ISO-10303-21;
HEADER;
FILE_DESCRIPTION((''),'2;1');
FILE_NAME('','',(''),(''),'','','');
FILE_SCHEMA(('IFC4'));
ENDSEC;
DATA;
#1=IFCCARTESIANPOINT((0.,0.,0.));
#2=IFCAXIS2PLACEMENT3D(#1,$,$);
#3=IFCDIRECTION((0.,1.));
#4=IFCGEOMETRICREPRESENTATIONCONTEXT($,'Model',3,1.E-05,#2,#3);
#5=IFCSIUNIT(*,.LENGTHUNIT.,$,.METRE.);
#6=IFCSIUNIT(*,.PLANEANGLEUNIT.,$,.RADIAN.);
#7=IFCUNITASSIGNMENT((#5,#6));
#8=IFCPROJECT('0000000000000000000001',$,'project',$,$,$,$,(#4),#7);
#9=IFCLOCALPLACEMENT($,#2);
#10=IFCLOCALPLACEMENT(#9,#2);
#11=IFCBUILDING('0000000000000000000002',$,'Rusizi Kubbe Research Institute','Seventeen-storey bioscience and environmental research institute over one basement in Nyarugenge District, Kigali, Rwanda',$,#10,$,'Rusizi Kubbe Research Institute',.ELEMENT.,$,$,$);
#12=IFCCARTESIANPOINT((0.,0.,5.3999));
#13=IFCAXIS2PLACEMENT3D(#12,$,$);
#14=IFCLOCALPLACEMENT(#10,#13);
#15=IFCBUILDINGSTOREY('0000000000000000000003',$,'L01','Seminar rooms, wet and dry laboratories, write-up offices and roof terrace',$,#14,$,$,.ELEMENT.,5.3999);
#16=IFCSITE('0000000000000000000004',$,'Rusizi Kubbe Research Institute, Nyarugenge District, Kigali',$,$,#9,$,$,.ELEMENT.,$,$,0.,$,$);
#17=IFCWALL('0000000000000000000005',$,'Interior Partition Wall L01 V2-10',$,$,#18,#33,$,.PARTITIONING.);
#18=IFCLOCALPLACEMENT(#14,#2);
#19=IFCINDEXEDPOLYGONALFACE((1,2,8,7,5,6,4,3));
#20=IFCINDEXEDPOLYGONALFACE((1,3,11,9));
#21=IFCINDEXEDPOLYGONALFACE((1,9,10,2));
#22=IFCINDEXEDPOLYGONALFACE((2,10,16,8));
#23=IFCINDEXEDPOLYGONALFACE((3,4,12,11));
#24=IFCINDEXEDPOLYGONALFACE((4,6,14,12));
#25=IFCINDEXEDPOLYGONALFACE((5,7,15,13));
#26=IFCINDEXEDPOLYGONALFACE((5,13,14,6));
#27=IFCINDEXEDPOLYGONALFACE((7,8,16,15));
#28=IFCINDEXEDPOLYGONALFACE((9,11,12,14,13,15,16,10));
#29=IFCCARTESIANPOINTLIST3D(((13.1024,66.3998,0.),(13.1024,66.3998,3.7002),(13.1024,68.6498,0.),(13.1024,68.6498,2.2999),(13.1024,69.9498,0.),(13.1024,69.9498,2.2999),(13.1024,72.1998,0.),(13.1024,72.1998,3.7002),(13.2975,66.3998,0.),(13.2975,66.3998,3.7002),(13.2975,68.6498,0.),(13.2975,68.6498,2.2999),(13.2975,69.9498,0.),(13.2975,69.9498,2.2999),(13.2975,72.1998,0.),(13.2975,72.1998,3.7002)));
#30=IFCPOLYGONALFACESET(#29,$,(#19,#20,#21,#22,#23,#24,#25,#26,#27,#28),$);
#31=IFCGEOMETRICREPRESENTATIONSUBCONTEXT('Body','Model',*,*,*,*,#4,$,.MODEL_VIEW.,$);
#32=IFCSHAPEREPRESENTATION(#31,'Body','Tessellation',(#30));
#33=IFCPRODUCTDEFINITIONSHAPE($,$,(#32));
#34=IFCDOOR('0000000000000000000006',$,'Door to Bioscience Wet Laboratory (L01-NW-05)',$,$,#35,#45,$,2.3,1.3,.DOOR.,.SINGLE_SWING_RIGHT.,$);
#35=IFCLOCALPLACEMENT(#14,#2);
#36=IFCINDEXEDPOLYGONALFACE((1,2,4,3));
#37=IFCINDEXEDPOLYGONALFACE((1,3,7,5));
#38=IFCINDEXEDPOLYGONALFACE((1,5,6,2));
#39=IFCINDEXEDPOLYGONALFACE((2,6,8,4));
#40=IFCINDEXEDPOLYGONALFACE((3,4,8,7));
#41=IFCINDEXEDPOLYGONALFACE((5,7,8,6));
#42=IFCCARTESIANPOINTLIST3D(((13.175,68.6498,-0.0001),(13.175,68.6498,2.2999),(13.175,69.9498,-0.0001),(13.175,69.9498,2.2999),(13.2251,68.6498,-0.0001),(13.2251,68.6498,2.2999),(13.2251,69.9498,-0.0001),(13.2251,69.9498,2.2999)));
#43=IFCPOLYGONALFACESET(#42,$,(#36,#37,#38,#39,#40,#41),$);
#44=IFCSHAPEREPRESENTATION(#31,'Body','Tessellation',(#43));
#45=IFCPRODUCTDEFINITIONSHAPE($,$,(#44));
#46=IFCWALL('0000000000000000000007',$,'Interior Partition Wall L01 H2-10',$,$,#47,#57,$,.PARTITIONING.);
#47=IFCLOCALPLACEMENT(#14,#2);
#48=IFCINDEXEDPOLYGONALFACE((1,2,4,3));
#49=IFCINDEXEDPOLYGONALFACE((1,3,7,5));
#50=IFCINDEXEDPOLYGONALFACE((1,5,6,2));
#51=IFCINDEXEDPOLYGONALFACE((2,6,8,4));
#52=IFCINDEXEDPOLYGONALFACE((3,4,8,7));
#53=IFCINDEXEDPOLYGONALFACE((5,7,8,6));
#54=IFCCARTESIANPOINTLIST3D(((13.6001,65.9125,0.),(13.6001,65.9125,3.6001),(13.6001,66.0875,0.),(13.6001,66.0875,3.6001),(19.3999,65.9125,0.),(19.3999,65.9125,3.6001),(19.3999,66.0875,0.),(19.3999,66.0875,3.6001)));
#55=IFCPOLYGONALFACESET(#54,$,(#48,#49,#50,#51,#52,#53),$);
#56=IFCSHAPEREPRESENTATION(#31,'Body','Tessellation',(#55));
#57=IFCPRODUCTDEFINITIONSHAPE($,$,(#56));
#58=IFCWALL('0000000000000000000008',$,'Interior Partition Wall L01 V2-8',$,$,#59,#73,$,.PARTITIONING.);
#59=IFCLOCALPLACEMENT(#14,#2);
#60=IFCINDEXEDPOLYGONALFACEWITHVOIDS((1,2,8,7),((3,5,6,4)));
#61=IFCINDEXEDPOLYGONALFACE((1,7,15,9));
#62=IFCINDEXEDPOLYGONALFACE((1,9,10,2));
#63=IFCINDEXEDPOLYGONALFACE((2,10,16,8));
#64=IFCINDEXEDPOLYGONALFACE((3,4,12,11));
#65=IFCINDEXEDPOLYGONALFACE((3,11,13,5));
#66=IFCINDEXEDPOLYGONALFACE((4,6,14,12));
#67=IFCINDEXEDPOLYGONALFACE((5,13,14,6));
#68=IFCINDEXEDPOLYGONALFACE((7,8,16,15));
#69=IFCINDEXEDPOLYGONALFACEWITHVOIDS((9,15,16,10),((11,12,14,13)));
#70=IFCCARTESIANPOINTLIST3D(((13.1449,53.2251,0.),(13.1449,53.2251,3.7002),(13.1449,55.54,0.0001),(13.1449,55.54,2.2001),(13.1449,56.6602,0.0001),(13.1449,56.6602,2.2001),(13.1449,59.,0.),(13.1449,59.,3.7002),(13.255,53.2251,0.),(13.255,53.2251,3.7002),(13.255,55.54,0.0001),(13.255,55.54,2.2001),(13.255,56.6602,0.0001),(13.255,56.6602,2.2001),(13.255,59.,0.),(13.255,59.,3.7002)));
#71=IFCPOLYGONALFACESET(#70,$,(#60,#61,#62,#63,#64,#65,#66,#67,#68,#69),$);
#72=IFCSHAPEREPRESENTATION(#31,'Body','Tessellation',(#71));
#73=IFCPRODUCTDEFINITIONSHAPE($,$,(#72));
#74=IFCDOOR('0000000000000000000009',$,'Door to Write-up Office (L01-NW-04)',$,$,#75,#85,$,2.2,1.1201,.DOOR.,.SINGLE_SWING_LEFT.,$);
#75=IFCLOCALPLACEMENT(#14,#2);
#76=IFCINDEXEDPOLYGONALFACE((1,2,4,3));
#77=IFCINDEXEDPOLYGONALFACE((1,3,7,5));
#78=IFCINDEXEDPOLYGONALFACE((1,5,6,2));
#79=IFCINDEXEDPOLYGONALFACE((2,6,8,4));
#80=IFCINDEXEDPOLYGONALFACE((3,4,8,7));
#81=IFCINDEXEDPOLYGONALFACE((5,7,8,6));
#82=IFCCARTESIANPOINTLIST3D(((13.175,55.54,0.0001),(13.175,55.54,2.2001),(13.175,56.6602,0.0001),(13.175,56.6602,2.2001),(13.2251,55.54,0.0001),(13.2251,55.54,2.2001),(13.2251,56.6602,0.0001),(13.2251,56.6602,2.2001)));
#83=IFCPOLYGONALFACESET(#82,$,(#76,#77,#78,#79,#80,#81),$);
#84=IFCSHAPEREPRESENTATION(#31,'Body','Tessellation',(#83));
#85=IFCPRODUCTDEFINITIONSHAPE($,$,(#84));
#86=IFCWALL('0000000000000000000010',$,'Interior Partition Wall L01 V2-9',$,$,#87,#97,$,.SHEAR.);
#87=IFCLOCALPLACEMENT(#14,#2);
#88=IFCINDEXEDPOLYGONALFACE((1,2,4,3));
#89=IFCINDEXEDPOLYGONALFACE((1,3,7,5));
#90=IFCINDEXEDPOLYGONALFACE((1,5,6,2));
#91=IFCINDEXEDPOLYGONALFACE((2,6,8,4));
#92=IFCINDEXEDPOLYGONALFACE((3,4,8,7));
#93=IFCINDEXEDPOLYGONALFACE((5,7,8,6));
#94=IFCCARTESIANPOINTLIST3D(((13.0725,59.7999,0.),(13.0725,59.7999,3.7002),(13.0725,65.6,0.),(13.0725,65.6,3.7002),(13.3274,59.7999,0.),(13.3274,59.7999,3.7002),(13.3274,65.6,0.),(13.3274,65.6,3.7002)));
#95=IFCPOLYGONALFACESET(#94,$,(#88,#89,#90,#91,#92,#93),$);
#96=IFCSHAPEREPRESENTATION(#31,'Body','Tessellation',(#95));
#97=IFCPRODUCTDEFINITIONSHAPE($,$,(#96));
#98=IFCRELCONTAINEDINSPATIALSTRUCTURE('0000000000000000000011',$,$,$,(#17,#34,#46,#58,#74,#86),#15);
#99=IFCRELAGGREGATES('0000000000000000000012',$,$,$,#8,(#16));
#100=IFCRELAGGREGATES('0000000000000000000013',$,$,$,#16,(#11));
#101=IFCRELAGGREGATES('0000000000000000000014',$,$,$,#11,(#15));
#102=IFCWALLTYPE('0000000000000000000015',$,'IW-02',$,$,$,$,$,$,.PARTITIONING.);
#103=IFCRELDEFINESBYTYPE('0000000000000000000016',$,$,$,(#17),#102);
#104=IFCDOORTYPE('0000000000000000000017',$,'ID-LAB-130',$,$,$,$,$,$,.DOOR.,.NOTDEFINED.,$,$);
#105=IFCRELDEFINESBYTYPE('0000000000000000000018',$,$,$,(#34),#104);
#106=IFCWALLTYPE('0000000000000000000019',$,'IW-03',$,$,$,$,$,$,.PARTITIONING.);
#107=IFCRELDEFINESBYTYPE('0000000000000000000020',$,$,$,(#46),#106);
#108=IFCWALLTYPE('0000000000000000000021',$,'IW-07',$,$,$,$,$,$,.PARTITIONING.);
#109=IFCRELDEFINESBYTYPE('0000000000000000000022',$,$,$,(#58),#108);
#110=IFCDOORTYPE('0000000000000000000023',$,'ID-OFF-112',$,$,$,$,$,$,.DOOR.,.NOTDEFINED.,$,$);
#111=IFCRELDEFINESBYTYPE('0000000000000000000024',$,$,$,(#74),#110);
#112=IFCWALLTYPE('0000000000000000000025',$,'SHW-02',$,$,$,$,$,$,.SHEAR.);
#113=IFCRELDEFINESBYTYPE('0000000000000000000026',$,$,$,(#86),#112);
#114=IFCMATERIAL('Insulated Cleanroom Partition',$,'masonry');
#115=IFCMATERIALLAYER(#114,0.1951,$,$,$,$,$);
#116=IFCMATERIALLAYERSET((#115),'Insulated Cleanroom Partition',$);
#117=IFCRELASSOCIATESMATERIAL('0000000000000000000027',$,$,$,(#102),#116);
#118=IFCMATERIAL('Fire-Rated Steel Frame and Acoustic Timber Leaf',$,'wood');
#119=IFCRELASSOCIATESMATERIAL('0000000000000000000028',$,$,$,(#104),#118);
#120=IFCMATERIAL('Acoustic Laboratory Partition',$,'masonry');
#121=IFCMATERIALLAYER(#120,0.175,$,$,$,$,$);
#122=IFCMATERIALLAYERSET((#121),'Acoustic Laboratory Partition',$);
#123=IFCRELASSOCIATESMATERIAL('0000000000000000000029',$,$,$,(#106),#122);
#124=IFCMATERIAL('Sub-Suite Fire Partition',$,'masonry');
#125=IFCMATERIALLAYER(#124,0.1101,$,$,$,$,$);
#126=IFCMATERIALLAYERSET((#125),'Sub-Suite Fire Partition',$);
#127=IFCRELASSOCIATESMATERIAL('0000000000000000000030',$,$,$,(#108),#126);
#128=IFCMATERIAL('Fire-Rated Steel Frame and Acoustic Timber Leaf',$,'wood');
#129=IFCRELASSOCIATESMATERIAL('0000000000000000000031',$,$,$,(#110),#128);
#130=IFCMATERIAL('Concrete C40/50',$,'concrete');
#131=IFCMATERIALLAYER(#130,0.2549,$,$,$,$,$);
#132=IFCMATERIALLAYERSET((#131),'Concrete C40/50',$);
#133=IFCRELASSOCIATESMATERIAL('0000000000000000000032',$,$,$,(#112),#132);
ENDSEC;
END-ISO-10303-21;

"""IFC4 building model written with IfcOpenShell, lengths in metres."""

from ifc_helpers import new_model, si_unit, direction, frame, frame_2d, origin, place, context, subcontext, project, spatial, rectangle, extrude, material, layer, layer_set, type_object, element, fill, save


model = new_model("IFC4")

# Units and contexts
model_context = context("Model", 3, precision=1e-05, world=origin(), true_north=direction((0.0, 1.0)))
body_context = subcontext(model_context, "Body", "Model", "MODEL_VIEW")
ifc_project = project(units=[si_unit("LENGTHUNIT", "METRE"), si_unit("PLANEANGLEUNIT", "RADIAN")], contexts=[model_context])

# Site, building, storey
site_placement = place(None, origin())
site = spatial("IfcSite", under=ifc_project, at=site_placement, Name="Rusizi Kubbe Research Institute, Nyarugenge District, Kigali", CompositionType="ELEMENT", RefElevation=0.0)
building_placement = place(site_placement, origin())
building = spatial("IfcBuilding", under=site, at=building_placement, Name="Rusizi Kubbe Research Institute", Description="Seventeen-storey bioscience and environmental research institute over one basement in Nyarugenge District, Kigali, Rwanda", LongName="Rusizi Kubbe Research Institute", CompositionType="ELEMENT")
storey_placement = place(building_placement, frame((0.0, 0.0, 5.3999)))
storey = spatial("IfcBuildingStorey", under=building, at=storey_placement, Name="L01", Description="Seminar rooms, wet and dry laboratories, write-up offices and roof terrace", CompositionType="ELEMENT", Elevation=5.3999)

# Wall, opening, door
ifc_material_1 = material(Name="Insulated Cleanroom Partition", Category="masonry")
ifc_layer_1 = layer(ifc_material_1, 0.1951)
ifc_layer_set_1 = layer_set([ifc_layer_1], Name="Insulated Cleanroom Partition")
wall_type_1 = type_object("IfcWallType", Name="IW-02", PredefinedType="PARTITIONING", material=ifc_layer_set_1)
wall_1_placement = place(storey_placement, frame((13.2, 66.3999, 0.0), z_axis=(0.0, 0.0, 1.0), x_axis=(0.0, 1.0, 0.0)))
wall_1 = element("IfcWall", 1, at=wall_1_placement, inside=storey, type_object=wall_type_1, Name="Interior Partition Wall L01 V2-10", PredefinedType="PARTITIONING", context=body_context, shape_type="SweptSolid", body=[
    extrude(rectangle(XDim=5.8, YDim=0.1951, at=frame_2d((2.8999, 0.0))), origin(), (0.0, 0.0, 1.0), 3.7002),
])
opening_1_placement = place(wall_1_placement, frame((2.25, 0.0, 0.0)))
opening_1 = element("IfcOpeningElement", 2, at=opening_1_placement, cuts=wall_1, PredefinedType="OPENING", context=body_context, shape_type="SweptSolid", body=[
    extrude(rectangle(XDim=1.3, YDim=2.3, at=frame_2d((0.6499, 1.1499))), frame((0.0, 0.1074, 0.0), z_axis=(0.0, -1.0, 0.0), x_axis=(1.0, 0.0, 0.0)), (0.0, 0.0, 1.0), 0.2151),
])
ifc_material_2 = material(Name="Fire-Rated Steel Frame and Acoustic Timber Leaf", Category="wood")
door_type_1 = type_object("IfcDoorType", Name="ID-LAB-130", OperationType="NOTDEFINED", PredefinedType="DOOR", material=ifc_material_2)
door_1_placement = place(opening_1_placement, origin())
door_1 = element("IfcDoor", 3, at=door_1_placement, inside=storey, type_object=door_type_1, Name="Door to Bioscience Wet Laboratory (L01-NW-05)", OperationType="SINGLE_SWING_RIGHT", OverallHeight=2.3, OverallWidth=1.3, PredefinedType="DOOR", context=body_context, shape_type="SweptSolid", body=[
    extrude(rectangle(XDim=1.3, YDim=2.3, at=frame_2d((0.6499, 1.1499))), frame((0.0, 0.0249, 0.0), z_axis=(0.0, -1.0, 0.0), x_axis=(1.0, 0.0, 0.0)), (0.0, 0.0, 1.0), 0.05),
])
fill(opening_1, door_1)

# Wall
ifc_material_3 = material(Name="Acoustic Laboratory Partition", Category="masonry")
ifc_layer_2 = layer(ifc_material_3, 0.175)
ifc_layer_set_2 = layer_set([ifc_layer_2], Name="Acoustic Laboratory Partition")
wall_type_2 = type_object("IfcWallType", Name="IW-03", PredefinedType="PARTITIONING", material=ifc_layer_set_2)
wall_2_placement = place(storey_placement, frame((13.6001, 66.0, 0.0), z_axis=(0.0, 0.0, 1.0), x_axis=(1.0, 0.0, 0.0)))
element("IfcWall", 4, at=wall_2_placement, inside=storey, type_object=wall_type_2, Name="Interior Partition Wall L01 H2-10", PredefinedType="PARTITIONING", context=body_context, shape_type="SweptSolid", body=[
    extrude(rectangle(XDim=5.7998, YDim=0.175, at=frame_2d((2.8999, 0.0))), origin(), (0.0, 0.0, 1.0), 3.6001),
])

# Wall, opening, door
ifc_material_4 = material(Name="Sub-Suite Fire Partition", Category="masonry")
ifc_layer_3 = layer(ifc_material_4, 0.1101)
ifc_layer_set_3 = layer_set([ifc_layer_3], Name="Sub-Suite Fire Partition")
wall_type_3 = type_object("IfcWallType", Name="IW-07", PredefinedType="PARTITIONING", material=ifc_layer_set_3)
wall_3_placement = place(storey_placement, frame((13.2, 53.2251, 0.0), z_axis=(0.0, 0.0, 1.0), x_axis=(0.0, 1.0, 0.0)))
wall_3 = element("IfcWall", 5, at=wall_3_placement, inside=storey, type_object=wall_type_3, Name="Interior Partition Wall L01 V2-8", PredefinedType="PARTITIONING", context=body_context, shape_type="SweptSolid", body=[
    extrude(rectangle(XDim=5.7749, YDim=0.1101, at=frame_2d((2.8875, 0.0))), origin(), (0.0, 0.0, 1.0), 3.7002),
])
opening_2_placement = place(wall_3_placement, frame((2.3149, 0.0, 0.0)))
opening_2 = element("IfcOpeningElement", 6, at=opening_2_placement, cuts=wall_3, PredefinedType="OPENING", context=body_context, shape_type="SweptSolid", body=[
    extrude(rectangle(XDim=1.1201, YDim=2.2, at=frame_2d((0.5601, 1.1001))), frame((0.0, 0.0649, 0.0), z_axis=(0.0, -1.0, 0.0), x_axis=(1.0, 0.0, 0.0)), (0.0, 0.0, 1.0), 0.1301),
])
ifc_material_5 = material(Name="Fire-Rated Steel Frame and Acoustic Timber Leaf", Category="wood")
door_type_2 = type_object("IfcDoorType", Name="ID-OFF-112", OperationType="NOTDEFINED", PredefinedType="DOOR", material=ifc_material_5)
door_2_placement = place(opening_2_placement, origin())
door_2 = element("IfcDoor", 7, at=door_2_placement, inside=storey, type_object=door_type_2, Name="Door to Write-up Office (L01-NW-04)", OperationType="SINGLE_SWING_LEFT", OverallHeight=2.2, OverallWidth=1.1201, PredefinedType="DOOR", context=body_context, shape_type="SweptSolid", body=[
    extrude(rectangle(XDim=1.1201, YDim=2.2, at=frame_2d((0.5601, 1.1001))), frame((0.0, 0.0249, 0.0), z_axis=(0.0, -1.0, 0.0), x_axis=(1.0, 0.0, 0.0)), (0.0, 0.0, 1.0), 0.05),
])
fill(opening_2, door_2)

# Wall
ifc_material_6 = material(Name="Concrete C40/50", Category="concrete")
ifc_layer_4 = layer(ifc_material_6, 0.2549)
ifc_layer_set_4 = layer_set([ifc_layer_4], Name="Concrete C40/50")
wall_type_4 = type_object("IfcWallType", Name="SHW-02", PredefinedType="SHEAR", material=ifc_layer_set_4)
wall_4_placement = place(storey_placement, frame((13.2, 59.8, 0.0), z_axis=(0.0, 0.0, 1.0), x_axis=(0.0, 1.0, 0.0)))
element("IfcWall", 8, at=wall_4_placement, inside=storey, type_object=wall_type_4, Name="Interior Partition Wall L01 V2-9", PredefinedType="SHEAR", context=body_context, shape_type="SweptSolid", body=[
    extrude(rectangle(XDim=5.8, YDim=0.2549, at=frame_2d((2.8999, 0.0))), origin(), (0.0, 0.0, 1.0), 3.7002),
])

save(model, "model.ifc")
